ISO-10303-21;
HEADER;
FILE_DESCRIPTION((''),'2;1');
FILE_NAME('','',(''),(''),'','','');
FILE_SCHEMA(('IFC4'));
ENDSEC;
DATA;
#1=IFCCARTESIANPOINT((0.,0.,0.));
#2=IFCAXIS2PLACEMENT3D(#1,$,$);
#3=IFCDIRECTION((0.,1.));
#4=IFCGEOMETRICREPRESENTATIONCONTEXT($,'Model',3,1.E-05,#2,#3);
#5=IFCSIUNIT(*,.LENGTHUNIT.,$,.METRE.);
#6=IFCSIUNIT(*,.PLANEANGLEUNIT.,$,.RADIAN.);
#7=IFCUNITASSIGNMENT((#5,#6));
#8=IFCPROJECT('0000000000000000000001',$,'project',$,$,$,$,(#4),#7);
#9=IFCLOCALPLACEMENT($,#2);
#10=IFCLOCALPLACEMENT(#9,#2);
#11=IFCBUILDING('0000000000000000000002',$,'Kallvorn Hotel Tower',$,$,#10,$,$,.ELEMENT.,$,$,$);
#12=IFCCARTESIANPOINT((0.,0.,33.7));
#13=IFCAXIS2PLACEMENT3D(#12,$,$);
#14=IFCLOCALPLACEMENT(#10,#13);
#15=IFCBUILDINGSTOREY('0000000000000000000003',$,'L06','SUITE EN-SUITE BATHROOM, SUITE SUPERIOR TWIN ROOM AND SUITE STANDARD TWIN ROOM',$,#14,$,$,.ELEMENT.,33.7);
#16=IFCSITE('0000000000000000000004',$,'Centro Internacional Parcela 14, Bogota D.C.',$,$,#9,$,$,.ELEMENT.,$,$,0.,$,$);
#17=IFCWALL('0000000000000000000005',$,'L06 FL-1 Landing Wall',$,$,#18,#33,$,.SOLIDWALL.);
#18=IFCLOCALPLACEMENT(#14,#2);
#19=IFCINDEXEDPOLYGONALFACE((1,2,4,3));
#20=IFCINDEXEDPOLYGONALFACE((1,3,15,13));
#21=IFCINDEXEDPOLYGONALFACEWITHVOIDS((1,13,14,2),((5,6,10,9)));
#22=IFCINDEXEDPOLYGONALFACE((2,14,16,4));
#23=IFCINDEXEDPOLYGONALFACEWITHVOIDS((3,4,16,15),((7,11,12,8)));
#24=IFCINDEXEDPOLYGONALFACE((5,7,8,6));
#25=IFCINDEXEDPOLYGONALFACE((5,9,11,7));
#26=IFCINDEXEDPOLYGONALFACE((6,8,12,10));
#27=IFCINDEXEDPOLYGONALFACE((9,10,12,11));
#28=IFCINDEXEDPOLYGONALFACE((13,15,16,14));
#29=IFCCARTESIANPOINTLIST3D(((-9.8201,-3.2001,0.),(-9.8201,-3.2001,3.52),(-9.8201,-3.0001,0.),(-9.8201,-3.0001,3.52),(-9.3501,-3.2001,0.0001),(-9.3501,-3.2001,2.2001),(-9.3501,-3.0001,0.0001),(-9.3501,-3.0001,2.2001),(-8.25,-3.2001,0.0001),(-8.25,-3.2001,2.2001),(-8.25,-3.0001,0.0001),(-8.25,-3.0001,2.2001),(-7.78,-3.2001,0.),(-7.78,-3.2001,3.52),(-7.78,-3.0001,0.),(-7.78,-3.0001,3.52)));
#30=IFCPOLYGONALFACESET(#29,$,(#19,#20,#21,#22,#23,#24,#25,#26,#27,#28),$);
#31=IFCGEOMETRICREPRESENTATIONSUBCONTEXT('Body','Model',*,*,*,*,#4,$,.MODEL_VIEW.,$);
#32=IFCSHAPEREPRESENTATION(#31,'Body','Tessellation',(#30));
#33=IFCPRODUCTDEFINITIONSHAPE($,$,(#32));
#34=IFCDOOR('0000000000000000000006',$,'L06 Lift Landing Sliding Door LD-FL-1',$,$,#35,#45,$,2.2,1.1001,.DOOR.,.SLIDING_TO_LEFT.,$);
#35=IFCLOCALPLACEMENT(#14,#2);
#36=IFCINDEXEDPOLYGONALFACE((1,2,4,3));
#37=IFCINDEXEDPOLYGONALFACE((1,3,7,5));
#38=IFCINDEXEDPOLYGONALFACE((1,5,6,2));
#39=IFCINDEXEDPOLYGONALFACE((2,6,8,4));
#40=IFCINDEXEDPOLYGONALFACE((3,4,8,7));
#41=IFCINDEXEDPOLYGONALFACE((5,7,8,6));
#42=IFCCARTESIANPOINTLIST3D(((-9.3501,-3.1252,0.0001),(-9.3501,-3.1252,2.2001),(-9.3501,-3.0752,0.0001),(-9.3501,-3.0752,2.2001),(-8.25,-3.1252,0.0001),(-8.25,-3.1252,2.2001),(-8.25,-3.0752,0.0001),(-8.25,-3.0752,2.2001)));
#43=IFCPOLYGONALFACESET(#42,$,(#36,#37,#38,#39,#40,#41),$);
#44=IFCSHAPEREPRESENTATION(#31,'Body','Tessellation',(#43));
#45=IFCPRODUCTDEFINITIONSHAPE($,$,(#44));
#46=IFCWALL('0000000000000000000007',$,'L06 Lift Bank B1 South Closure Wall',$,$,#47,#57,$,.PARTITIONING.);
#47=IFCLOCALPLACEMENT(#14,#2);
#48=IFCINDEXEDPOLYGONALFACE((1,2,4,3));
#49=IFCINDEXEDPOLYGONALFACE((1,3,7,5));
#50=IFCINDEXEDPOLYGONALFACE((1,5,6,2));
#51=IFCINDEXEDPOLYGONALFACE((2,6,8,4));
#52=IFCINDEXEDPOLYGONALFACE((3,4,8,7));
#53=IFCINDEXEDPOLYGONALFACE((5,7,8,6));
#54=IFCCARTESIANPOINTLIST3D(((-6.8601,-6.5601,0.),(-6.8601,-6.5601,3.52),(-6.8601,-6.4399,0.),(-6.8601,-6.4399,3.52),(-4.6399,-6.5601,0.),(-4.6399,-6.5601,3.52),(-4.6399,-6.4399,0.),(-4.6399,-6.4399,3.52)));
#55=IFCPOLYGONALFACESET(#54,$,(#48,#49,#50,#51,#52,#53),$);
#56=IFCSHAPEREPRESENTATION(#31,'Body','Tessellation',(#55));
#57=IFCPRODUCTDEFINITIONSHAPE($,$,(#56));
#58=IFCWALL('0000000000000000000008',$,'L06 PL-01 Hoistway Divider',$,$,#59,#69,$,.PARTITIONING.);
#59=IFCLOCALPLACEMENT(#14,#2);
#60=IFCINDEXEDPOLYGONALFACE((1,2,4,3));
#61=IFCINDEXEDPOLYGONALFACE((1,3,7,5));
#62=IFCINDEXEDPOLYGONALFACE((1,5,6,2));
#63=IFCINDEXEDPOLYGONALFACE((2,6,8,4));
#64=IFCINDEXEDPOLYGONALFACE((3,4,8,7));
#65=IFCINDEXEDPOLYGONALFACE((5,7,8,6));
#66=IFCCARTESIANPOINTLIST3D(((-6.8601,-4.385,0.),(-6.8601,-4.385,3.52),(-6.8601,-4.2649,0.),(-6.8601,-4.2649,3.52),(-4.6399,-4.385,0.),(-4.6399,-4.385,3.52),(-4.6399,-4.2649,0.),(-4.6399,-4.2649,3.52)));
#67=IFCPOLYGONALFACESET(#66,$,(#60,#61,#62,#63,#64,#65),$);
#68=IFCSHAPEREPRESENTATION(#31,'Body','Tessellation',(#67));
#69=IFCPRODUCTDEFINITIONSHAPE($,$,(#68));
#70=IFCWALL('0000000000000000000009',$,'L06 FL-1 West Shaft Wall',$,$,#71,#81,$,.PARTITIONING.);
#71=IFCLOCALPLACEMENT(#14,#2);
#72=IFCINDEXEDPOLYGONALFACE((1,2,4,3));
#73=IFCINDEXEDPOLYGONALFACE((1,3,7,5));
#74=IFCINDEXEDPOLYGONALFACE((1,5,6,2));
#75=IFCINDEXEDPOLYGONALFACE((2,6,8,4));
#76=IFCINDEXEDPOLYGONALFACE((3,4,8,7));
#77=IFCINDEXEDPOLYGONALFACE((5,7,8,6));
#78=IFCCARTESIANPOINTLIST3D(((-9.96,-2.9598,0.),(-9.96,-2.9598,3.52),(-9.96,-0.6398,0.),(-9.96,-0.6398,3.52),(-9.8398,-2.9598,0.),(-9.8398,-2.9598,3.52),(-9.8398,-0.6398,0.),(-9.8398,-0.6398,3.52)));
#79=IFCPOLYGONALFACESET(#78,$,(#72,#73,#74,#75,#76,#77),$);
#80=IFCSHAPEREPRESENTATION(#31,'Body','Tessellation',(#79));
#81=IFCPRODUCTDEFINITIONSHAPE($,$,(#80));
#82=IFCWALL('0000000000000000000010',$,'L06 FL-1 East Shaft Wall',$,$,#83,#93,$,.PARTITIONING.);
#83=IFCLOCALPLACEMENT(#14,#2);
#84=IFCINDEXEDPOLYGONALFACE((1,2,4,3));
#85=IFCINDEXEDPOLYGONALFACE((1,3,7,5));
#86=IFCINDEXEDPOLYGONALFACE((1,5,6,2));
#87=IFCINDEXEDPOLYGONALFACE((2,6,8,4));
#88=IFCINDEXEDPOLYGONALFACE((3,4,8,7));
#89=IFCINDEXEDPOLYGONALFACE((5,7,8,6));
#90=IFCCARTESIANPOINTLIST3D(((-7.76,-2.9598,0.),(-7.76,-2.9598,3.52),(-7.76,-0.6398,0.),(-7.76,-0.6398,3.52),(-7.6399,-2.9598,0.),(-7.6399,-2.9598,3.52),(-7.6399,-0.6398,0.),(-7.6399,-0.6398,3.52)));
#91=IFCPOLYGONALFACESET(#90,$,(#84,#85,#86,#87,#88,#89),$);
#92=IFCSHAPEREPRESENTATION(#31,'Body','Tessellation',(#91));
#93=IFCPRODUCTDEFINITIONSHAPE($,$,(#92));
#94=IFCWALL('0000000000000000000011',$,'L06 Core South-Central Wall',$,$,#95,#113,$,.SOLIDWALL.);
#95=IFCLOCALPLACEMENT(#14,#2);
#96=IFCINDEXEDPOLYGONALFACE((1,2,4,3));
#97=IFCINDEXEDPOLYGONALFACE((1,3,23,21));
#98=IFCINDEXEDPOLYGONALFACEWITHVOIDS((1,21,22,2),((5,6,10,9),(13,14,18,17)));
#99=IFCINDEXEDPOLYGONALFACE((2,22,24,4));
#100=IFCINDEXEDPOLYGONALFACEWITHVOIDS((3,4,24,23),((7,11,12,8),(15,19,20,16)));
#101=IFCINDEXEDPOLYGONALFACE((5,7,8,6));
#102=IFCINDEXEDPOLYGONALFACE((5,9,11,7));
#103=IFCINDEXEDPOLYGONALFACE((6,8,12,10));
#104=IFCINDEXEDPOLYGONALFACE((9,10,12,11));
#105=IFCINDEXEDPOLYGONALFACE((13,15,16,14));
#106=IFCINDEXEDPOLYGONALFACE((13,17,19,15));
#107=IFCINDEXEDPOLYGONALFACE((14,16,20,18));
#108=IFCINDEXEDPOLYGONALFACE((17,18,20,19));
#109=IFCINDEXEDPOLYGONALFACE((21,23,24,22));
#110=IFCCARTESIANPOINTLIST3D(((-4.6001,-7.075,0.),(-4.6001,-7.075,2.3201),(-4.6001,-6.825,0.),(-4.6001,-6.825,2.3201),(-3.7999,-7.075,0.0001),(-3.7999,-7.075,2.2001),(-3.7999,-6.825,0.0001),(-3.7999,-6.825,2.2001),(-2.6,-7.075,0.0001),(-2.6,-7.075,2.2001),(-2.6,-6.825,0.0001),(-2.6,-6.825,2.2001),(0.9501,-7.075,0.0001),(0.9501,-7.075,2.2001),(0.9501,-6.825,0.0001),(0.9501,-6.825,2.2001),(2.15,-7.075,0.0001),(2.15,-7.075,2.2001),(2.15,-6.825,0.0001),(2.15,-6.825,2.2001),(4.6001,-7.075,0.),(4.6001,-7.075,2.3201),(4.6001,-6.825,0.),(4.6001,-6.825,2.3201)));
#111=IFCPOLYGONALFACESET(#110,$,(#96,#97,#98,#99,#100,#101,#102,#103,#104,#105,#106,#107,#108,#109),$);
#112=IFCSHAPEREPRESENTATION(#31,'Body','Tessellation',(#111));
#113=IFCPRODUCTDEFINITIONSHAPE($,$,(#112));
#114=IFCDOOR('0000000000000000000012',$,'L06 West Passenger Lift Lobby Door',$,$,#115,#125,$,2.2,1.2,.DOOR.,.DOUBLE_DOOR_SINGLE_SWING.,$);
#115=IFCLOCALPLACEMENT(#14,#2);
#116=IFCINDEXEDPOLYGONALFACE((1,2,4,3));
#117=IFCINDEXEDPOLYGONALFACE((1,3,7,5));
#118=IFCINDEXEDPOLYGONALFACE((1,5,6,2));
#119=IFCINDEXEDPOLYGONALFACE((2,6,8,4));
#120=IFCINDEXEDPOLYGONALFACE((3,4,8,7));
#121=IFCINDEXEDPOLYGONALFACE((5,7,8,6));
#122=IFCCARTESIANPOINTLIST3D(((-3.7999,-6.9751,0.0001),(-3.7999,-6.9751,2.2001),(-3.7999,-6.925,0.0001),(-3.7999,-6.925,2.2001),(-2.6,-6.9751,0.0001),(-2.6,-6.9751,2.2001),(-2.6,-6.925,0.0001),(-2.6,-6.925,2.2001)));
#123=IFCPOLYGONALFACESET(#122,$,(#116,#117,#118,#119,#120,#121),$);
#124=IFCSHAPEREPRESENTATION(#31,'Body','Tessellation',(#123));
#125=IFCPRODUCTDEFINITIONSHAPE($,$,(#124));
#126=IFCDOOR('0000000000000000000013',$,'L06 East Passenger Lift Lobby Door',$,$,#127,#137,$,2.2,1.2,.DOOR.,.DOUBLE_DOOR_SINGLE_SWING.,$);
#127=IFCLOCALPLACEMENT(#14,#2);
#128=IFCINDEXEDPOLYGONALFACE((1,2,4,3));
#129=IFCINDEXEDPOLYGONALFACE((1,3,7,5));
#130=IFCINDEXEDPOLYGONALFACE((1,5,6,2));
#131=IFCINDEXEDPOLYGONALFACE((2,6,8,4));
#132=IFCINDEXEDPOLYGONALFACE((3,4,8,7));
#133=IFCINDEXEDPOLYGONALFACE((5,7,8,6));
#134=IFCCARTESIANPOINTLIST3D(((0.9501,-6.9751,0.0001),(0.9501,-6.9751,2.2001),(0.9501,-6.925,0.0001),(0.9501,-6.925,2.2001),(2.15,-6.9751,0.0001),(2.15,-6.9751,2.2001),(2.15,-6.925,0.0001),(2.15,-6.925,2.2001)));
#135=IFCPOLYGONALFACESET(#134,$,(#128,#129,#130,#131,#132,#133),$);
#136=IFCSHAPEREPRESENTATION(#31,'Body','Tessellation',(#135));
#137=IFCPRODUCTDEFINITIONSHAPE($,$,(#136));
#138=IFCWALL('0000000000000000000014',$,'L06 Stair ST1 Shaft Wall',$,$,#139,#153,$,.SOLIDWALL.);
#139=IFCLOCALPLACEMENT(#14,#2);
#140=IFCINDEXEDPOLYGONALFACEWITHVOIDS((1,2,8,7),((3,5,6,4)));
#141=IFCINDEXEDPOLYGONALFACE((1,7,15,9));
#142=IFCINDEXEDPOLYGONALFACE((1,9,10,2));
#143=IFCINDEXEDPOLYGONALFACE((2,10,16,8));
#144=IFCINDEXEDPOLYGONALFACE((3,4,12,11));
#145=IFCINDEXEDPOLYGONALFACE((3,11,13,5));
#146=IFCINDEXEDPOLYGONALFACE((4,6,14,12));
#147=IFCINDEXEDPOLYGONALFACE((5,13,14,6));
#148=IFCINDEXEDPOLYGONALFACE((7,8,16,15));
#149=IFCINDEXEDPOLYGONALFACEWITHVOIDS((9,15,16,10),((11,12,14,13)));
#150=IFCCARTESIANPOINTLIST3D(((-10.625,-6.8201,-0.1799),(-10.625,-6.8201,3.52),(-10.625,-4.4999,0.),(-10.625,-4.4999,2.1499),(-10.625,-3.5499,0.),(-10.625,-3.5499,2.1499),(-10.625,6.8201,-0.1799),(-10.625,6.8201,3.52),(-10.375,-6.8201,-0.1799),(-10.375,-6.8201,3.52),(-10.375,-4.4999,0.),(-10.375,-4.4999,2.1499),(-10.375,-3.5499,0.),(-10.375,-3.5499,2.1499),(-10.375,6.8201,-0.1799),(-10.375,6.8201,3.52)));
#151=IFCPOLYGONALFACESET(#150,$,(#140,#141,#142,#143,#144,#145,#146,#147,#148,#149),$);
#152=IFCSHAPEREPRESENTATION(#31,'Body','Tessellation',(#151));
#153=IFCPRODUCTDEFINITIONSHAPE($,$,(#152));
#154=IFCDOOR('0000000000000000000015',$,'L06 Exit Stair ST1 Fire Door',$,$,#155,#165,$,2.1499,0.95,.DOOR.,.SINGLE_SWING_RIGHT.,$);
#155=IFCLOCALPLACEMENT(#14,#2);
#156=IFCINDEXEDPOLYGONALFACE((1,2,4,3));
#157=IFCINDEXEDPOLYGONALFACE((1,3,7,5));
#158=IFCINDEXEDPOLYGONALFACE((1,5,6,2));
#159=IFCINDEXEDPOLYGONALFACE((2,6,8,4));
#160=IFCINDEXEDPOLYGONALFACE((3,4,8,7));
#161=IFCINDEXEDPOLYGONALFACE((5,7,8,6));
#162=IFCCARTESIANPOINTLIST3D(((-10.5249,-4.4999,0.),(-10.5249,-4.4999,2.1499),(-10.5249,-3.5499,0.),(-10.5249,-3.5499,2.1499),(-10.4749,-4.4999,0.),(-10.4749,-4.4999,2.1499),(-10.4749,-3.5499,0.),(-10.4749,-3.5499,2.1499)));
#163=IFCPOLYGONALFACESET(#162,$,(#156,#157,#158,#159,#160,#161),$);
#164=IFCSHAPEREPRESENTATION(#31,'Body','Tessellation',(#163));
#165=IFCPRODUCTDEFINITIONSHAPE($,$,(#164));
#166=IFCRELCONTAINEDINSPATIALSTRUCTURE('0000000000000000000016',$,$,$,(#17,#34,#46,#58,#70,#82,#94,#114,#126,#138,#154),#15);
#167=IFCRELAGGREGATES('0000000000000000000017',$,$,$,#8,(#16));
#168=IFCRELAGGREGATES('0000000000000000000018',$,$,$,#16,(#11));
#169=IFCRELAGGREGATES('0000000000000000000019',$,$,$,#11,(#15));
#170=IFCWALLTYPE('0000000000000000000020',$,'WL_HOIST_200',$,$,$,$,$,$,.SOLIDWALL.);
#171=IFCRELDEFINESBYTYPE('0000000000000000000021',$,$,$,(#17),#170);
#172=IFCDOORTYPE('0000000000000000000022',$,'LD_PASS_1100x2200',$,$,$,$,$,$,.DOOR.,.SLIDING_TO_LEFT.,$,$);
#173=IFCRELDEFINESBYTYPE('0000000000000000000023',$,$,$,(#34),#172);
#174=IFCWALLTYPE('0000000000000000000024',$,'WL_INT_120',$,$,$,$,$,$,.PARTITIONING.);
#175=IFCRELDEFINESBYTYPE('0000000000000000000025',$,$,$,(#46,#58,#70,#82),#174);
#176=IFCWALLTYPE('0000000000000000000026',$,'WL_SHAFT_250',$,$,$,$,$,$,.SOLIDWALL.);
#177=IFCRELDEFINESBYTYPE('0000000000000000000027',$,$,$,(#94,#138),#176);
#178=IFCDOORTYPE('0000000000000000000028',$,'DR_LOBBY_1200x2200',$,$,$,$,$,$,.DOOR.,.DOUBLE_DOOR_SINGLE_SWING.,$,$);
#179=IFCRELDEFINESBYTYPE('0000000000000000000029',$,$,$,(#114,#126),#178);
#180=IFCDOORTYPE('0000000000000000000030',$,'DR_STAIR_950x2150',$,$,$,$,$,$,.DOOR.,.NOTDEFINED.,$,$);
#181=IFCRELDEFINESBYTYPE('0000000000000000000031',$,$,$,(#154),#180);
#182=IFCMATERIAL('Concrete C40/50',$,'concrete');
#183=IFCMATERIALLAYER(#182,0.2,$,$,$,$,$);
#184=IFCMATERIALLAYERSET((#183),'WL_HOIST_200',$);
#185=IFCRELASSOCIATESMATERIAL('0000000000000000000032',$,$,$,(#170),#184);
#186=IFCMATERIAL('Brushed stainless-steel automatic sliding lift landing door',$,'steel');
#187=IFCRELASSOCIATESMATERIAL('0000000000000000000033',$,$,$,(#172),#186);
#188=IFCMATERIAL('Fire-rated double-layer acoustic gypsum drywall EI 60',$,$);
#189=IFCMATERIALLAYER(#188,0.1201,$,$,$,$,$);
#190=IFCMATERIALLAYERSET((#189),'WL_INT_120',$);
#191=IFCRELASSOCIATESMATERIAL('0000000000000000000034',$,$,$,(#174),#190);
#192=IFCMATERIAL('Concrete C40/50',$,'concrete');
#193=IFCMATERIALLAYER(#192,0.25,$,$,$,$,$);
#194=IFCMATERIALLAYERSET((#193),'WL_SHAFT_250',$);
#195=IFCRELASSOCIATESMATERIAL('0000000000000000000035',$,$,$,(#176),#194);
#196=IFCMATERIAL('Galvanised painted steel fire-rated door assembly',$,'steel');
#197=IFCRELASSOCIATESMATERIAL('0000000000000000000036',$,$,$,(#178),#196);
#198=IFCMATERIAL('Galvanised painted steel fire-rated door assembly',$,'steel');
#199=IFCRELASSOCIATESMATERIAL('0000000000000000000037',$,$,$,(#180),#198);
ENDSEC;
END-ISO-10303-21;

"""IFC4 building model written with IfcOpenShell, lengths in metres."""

from ifc_helpers import new_model, si_unit, direction, frame, frame_2d, origin, place, context, subcontext, project, spatial, rectangle, extrude, material, layer, layer_set, type_object, element, fill, save


model = new_model("IFC4")

# Units and contexts
model_context = context("Model", 3, precision=1e-05, world=origin(), true_north=direction((0.0, 1.0)))
body_context = subcontext(model_context, "Body", "Model", "MODEL_VIEW")
ifc_project = project(units=[si_unit("LENGTHUNIT", "METRE"), si_unit("PLANEANGLEUNIT", "RADIAN")], contexts=[model_context])

# Site, building, storey
site_placement = place(None, origin())
site = spatial("IfcSite", under=ifc_project, at=site_placement, Name="Centro Internacional Parcela 14, Bogota D.C.", CompositionType="ELEMENT", RefElevation=0.0)
building_placement = place(site_placement, origin())
building = spatial("IfcBuilding", under=site, at=building_placement, Name="Kallvorn Hotel Tower", CompositionType="ELEMENT")
storey_placement = place(building_placement, frame((0.0, 0.0, 33.7)))
storey = spatial("IfcBuildingStorey", under=building, at=storey_placement, Name="L06", Description="SUITE EN-SUITE BATHROOM, SUITE SUPERIOR TWIN ROOM AND SUITE STANDARD TWIN ROOM", CompositionType="ELEMENT", Elevation=33.7)

# Shared definitions
ifc_material_1 = material(Name="Concrete C40/50", Category="concrete")
ifc_layer_1 = layer(ifc_material_1, 0.2)
ifc_layer_set_1 = layer_set([ifc_layer_1], Name="WL_HOIST_200")
wall_type_1 = type_object("IfcWallType", Name="WL_HOIST_200", PredefinedType="SOLIDWALL", material=ifc_layer_set_1)
ifc_material_2 = material(Name="Brushed stainless-steel automatic sliding lift landing door", Category="steel")
door_type_1 = type_object("IfcDoorType", Name="LD_PASS_1100x2200", OperationType="SLIDING_TO_LEFT", PredefinedType="DOOR", material=ifc_material_2)

# Wall, opening, door
wall_1_placement = place(storey_placement, frame((-9.8201, -3.1001, 0.0), z_axis=(0.0, 0.0, 1.0), x_axis=(1.0, 0.0, 0.0)))
wall_1 = element("IfcWall", 1, at=wall_1_placement, inside=storey, type_object=wall_type_1, Name="L06 FL-1 Landing Wall", PredefinedType="SOLIDWALL", context=body_context, shape_type="SweptSolid", body=[
    extrude(rectangle(XDim=2.04, YDim=0.2, at=frame_2d((1.02, 0.0))), origin(), (0.0, 0.0, 1.0), 3.52),
])
opening_1_placement = place(wall_1_placement, frame((0.47, 0.0, 0.0)))
opening_1 = element("IfcOpeningElement", 2, at=opening_1_placement, cuts=wall_1, PredefinedType="OPENING", context=body_context, shape_type="SweptSolid", body=[
    extrude(rectangle(XDim=1.1001, YDim=2.2, at=frame_2d((0.55, 1.1001))), frame((0.0, 0.115, 0.0), z_axis=(0.0, -1.0, 0.0), x_axis=(1.0, 0.0, 0.0)), (0.0, 0.0, 1.0), 0.23),
])
door_1_placement = place(opening_1_placement, origin())
door_1 = element("IfcDoor", 3, at=door_1_placement, inside=storey, type_object=door_type_1, Name="L06 Lift Landing Sliding Door LD-FL-1", OperationType="SLIDING_TO_LEFT", OverallHeight=2.2, OverallWidth=1.1001, PredefinedType="DOOR", context=body_context, shape_type="SweptSolid", body=[
    extrude(rectangle(XDim=1.1001, YDim=2.2, at=frame_2d((0.55, 1.1001))), frame((0.0, 0.0249, 0.0), z_axis=(0.0, -1.0, 0.0), x_axis=(1.0, 0.0, 0.0)), (0.0, 0.0, 1.0), 0.05),
])
fill(opening_1, door_1)

# Walls
ifc_material_3 = material(Name="Fire-rated double-layer acoustic gypsum drywall EI 60")
ifc_layer_2 = layer(ifc_material_3, 0.1201)
ifc_layer_set_2 = layer_set([ifc_layer_2], Name="WL_INT_120")
wall_type_2 = type_object("IfcWallType", Name="WL_INT_120", PredefinedType="PARTITIONING", material=ifc_layer_set_2)
for number, where, z_axis, x_axis, name in (
    (4, (-6.8601, -6.5, 0.0), (0.0, 0.0, 1.0), (1.0, 0.0, 0.0), "L06 Lift Bank B1 South Closure Wall"),
    (5, (-6.8601, -4.325, 0.0), (0.0, 0.0, 1.0), (1.0, 0.0, 0.0), "L06 PL-01 Hoistway Divider"),
):
    element("IfcWall", number, at=place(storey_placement, frame(where, z_axis=z_axis, x_axis=x_axis)), inside=storey, type_object=wall_type_2, Name=name, PredefinedType="PARTITIONING", context=body_context, shape_type="SweptSolid", body=[
        extrude(rectangle(XDim=2.2202, YDim=0.1201, at=frame_2d((1.1101, 0.0))), origin(), (0.0, 0.0, 1.0), 3.52),
    ])
for number, where, z_axis, x_axis, name in (
    (6, (-9.8999, -2.96, 0.0), (0.0, 0.0, 1.0), (0.0, 1.0, 0.0), "L06 FL-1 West Shaft Wall"),
    (7, (-7.7, -2.96, 0.0), (0.0, 0.0, 1.0), (0.0, 1.0, 0.0), "L06 FL-1 East Shaft Wall"),
):
    element("IfcWall", number, at=place(storey_placement, frame(where, z_axis=z_axis, x_axis=x_axis)), inside=storey, type_object=wall_type_2, Name=name, PredefinedType="PARTITIONING", context=body_context, shape_type="SweptSolid", body=[
        extrude(rectangle(XDim=2.3201, YDim=0.1201, at=frame_2d((1.1602, 0.0))), origin(), (0.0, 0.0, 1.0), 3.52),
    ])

# Wall, openings, doors
ifc_material_4 = material(Name="Concrete C40/50", Category="concrete")
ifc_layer_3 = layer(ifc_material_4, 0.25)
ifc_layer_set_3 = layer_set([ifc_layer_3], Name="WL_SHAFT_250")
wall_type_3 = type_object("IfcWallType", Name="WL_SHAFT_250", PredefinedType="SOLIDWALL", material=ifc_layer_set_3)
wall_2_placement = place(storey_placement, frame((-4.6001, -6.95, 0.0), z_axis=(0.0, 0.0, 1.0), x_axis=(1.0, 0.0, 0.0)))
wall_2 = element("IfcWall", 8, at=wall_2_placement, inside=storey, type_object=wall_type_3, Name="L06 Core South-Central Wall", PredefinedType="SOLIDWALL", context=body_context, shape_type="SweptSolid", body=[
    extrude(rectangle(XDim=9.2002, YDim=0.25, at=frame_2d((4.6001, 0.0))), origin(), (0.0, 0.0, 1.0), 2.3201),
])
opening_2_placement = place(wall_2_placement, frame((0.8, 0.0, 0.0)))
opening_2 = element("IfcOpeningElement", 9, at=opening_2_placement, cuts=wall_2, PredefinedType="OPENING", context=body_context, shape_type="SweptSolid", body=[
    extrude(rectangle(XDim=1.2, YDim=2.2, at=frame_2d((0.6001, 1.1001))), frame((0.0, 0.1399, 0.0), z_axis=(0.0, -1.0, 0.0), x_axis=(1.0, 0.0, 0.0)), (0.0, 0.0, 1.0), 0.28),
])
opening_3_placement = place(wall_2_placement, frame((5.55, 0.0, 0.0)))
opening_3 = element("IfcOpeningElement", 10, at=opening_3_placement, cuts=wall_2, PredefinedType="OPENING", context=body_context, shape_type="SweptSolid", body=[
    extrude(rectangle(XDim=1.2, YDim=2.2, at=frame_2d((0.6001, 1.1001))), frame((0.0, 0.1399, 0.0), z_axis=(0.0, -1.0, 0.0), x_axis=(1.0, 0.0, 0.0)), (0.0, 0.0, 1.0), 0.28),
])
ifc_material_5 = material(Name="Galvanised painted steel fire-rated door assembly", Category="steel")
door_type_2 = type_object("IfcDoorType", Name="DR_LOBBY_1200x2200", OperationType="DOUBLE_DOOR_SINGLE_SWING", PredefinedType="DOOR", material=ifc_material_5)
door_2_placement = place(opening_2_placement, origin())
door_2 = element("IfcDoor", 11, at=door_2_placement, inside=storey, type_object=door_type_2, Name="L06 West Passenger Lift Lobby Door", OperationType="DOUBLE_DOOR_SINGLE_SWING", OverallHeight=2.2, OverallWidth=1.2, PredefinedType="DOOR", context=body_context, shape_type="SweptSolid", body=[
    extrude(rectangle(XDim=1.2, YDim=2.2, at=frame_2d((0.6001, 1.1001))), frame((0.0, 0.0249, 0.0), z_axis=(0.0, -1.0, 0.0), x_axis=(1.0, 0.0, 0.0)), (0.0, 0.0, 1.0), 0.05),
])
fill(opening_2, door_2)
door_3_placement = place(opening_3_placement, origin())
door_3 = element("IfcDoor", 12, at=door_3_placement, inside=storey, type_object=door_type_2, Name="L06 East Passenger Lift Lobby Door", OperationType="DOUBLE_DOOR_SINGLE_SWING", OverallHeight=2.2, OverallWidth=1.2, PredefinedType="DOOR", context=body_context, shape_type="SweptSolid", body=[
    extrude(rectangle(XDim=1.2, YDim=2.2, at=frame_2d((0.6001, 1.1001))), frame((0.0, 0.0249, 0.0), z_axis=(0.0, -1.0, 0.0), x_axis=(1.0, 0.0, 0.0)), (0.0, 0.0, 1.0), 0.05),
])
fill(opening_3, door_3)

# Wall, opening, door
wall_3_placement = place(storey_placement, frame((-10.5, -6.8201, -0.1799), z_axis=(0.0, 0.0, 1.0), x_axis=(0.0, 1.0, 0.0)))
wall_3 = element("IfcWall", 13, at=wall_3_placement, inside=storey, type_object=wall_type_3, Name="L06 Stair ST1 Shaft Wall", PredefinedType="SOLIDWALL", context=body_context, shape_type="SweptSolid", body=[
    extrude(rectangle(XDim=13.6401, YDim=0.25, at=frame_2d((6.8201, 0.0))), origin(), (0.0, 0.0, 1.0), 3.7),
])
opening_4_placement = place(wall_3_placement, frame((2.3201, 0.0, 0.1799)))
opening_4 = element("IfcOpeningElement", 14, at=opening_4_placement, cuts=wall_3, PredefinedType="OPENING", context=body_context, shape_type="SweptSolid", body=[
    extrude(rectangle(XDim=0.95, YDim=2.1499, at=frame_2d((0.4751, 1.075))), frame((0.0, 0.1399, 0.0), z_axis=(0.0, -1.0, 0.0), x_axis=(1.0, 0.0, 0.0)), (0.0, 0.0, 1.0), 0.28),
])
ifc_material_6 = material(Name="Galvanised painted steel fire-rated door assembly", Category="steel")
door_type_3 = type_object("IfcDoorType", Name="DR_STAIR_950x2150", OperationType="NOTDEFINED", PredefinedType="DOOR", material=ifc_material_6)
door_4_placement = place(opening_4_placement, origin())
door_4 = element("IfcDoor", 15, at=door_4_placement, inside=storey, type_object=door_type_3, Name="L06 Exit Stair ST1 Fire Door", OperationType="SINGLE_SWING_RIGHT", OverallHeight=2.1499, OverallWidth=0.95, PredefinedType="DOOR", context=body_context, shape_type="SweptSolid", body=[
    extrude(rectangle(XDim=0.95, YDim=2.1499, at=frame_2d((0.4751, 1.075))), frame((0.0, 0.0249, 0.0), z_axis=(0.0, -1.0, 0.0), x_axis=(1.0, 0.0, 0.0)), (0.0, 0.0, 1.0), 0.05),
])
fill(opening_4, door_4)

save(model, "model.ifc")
